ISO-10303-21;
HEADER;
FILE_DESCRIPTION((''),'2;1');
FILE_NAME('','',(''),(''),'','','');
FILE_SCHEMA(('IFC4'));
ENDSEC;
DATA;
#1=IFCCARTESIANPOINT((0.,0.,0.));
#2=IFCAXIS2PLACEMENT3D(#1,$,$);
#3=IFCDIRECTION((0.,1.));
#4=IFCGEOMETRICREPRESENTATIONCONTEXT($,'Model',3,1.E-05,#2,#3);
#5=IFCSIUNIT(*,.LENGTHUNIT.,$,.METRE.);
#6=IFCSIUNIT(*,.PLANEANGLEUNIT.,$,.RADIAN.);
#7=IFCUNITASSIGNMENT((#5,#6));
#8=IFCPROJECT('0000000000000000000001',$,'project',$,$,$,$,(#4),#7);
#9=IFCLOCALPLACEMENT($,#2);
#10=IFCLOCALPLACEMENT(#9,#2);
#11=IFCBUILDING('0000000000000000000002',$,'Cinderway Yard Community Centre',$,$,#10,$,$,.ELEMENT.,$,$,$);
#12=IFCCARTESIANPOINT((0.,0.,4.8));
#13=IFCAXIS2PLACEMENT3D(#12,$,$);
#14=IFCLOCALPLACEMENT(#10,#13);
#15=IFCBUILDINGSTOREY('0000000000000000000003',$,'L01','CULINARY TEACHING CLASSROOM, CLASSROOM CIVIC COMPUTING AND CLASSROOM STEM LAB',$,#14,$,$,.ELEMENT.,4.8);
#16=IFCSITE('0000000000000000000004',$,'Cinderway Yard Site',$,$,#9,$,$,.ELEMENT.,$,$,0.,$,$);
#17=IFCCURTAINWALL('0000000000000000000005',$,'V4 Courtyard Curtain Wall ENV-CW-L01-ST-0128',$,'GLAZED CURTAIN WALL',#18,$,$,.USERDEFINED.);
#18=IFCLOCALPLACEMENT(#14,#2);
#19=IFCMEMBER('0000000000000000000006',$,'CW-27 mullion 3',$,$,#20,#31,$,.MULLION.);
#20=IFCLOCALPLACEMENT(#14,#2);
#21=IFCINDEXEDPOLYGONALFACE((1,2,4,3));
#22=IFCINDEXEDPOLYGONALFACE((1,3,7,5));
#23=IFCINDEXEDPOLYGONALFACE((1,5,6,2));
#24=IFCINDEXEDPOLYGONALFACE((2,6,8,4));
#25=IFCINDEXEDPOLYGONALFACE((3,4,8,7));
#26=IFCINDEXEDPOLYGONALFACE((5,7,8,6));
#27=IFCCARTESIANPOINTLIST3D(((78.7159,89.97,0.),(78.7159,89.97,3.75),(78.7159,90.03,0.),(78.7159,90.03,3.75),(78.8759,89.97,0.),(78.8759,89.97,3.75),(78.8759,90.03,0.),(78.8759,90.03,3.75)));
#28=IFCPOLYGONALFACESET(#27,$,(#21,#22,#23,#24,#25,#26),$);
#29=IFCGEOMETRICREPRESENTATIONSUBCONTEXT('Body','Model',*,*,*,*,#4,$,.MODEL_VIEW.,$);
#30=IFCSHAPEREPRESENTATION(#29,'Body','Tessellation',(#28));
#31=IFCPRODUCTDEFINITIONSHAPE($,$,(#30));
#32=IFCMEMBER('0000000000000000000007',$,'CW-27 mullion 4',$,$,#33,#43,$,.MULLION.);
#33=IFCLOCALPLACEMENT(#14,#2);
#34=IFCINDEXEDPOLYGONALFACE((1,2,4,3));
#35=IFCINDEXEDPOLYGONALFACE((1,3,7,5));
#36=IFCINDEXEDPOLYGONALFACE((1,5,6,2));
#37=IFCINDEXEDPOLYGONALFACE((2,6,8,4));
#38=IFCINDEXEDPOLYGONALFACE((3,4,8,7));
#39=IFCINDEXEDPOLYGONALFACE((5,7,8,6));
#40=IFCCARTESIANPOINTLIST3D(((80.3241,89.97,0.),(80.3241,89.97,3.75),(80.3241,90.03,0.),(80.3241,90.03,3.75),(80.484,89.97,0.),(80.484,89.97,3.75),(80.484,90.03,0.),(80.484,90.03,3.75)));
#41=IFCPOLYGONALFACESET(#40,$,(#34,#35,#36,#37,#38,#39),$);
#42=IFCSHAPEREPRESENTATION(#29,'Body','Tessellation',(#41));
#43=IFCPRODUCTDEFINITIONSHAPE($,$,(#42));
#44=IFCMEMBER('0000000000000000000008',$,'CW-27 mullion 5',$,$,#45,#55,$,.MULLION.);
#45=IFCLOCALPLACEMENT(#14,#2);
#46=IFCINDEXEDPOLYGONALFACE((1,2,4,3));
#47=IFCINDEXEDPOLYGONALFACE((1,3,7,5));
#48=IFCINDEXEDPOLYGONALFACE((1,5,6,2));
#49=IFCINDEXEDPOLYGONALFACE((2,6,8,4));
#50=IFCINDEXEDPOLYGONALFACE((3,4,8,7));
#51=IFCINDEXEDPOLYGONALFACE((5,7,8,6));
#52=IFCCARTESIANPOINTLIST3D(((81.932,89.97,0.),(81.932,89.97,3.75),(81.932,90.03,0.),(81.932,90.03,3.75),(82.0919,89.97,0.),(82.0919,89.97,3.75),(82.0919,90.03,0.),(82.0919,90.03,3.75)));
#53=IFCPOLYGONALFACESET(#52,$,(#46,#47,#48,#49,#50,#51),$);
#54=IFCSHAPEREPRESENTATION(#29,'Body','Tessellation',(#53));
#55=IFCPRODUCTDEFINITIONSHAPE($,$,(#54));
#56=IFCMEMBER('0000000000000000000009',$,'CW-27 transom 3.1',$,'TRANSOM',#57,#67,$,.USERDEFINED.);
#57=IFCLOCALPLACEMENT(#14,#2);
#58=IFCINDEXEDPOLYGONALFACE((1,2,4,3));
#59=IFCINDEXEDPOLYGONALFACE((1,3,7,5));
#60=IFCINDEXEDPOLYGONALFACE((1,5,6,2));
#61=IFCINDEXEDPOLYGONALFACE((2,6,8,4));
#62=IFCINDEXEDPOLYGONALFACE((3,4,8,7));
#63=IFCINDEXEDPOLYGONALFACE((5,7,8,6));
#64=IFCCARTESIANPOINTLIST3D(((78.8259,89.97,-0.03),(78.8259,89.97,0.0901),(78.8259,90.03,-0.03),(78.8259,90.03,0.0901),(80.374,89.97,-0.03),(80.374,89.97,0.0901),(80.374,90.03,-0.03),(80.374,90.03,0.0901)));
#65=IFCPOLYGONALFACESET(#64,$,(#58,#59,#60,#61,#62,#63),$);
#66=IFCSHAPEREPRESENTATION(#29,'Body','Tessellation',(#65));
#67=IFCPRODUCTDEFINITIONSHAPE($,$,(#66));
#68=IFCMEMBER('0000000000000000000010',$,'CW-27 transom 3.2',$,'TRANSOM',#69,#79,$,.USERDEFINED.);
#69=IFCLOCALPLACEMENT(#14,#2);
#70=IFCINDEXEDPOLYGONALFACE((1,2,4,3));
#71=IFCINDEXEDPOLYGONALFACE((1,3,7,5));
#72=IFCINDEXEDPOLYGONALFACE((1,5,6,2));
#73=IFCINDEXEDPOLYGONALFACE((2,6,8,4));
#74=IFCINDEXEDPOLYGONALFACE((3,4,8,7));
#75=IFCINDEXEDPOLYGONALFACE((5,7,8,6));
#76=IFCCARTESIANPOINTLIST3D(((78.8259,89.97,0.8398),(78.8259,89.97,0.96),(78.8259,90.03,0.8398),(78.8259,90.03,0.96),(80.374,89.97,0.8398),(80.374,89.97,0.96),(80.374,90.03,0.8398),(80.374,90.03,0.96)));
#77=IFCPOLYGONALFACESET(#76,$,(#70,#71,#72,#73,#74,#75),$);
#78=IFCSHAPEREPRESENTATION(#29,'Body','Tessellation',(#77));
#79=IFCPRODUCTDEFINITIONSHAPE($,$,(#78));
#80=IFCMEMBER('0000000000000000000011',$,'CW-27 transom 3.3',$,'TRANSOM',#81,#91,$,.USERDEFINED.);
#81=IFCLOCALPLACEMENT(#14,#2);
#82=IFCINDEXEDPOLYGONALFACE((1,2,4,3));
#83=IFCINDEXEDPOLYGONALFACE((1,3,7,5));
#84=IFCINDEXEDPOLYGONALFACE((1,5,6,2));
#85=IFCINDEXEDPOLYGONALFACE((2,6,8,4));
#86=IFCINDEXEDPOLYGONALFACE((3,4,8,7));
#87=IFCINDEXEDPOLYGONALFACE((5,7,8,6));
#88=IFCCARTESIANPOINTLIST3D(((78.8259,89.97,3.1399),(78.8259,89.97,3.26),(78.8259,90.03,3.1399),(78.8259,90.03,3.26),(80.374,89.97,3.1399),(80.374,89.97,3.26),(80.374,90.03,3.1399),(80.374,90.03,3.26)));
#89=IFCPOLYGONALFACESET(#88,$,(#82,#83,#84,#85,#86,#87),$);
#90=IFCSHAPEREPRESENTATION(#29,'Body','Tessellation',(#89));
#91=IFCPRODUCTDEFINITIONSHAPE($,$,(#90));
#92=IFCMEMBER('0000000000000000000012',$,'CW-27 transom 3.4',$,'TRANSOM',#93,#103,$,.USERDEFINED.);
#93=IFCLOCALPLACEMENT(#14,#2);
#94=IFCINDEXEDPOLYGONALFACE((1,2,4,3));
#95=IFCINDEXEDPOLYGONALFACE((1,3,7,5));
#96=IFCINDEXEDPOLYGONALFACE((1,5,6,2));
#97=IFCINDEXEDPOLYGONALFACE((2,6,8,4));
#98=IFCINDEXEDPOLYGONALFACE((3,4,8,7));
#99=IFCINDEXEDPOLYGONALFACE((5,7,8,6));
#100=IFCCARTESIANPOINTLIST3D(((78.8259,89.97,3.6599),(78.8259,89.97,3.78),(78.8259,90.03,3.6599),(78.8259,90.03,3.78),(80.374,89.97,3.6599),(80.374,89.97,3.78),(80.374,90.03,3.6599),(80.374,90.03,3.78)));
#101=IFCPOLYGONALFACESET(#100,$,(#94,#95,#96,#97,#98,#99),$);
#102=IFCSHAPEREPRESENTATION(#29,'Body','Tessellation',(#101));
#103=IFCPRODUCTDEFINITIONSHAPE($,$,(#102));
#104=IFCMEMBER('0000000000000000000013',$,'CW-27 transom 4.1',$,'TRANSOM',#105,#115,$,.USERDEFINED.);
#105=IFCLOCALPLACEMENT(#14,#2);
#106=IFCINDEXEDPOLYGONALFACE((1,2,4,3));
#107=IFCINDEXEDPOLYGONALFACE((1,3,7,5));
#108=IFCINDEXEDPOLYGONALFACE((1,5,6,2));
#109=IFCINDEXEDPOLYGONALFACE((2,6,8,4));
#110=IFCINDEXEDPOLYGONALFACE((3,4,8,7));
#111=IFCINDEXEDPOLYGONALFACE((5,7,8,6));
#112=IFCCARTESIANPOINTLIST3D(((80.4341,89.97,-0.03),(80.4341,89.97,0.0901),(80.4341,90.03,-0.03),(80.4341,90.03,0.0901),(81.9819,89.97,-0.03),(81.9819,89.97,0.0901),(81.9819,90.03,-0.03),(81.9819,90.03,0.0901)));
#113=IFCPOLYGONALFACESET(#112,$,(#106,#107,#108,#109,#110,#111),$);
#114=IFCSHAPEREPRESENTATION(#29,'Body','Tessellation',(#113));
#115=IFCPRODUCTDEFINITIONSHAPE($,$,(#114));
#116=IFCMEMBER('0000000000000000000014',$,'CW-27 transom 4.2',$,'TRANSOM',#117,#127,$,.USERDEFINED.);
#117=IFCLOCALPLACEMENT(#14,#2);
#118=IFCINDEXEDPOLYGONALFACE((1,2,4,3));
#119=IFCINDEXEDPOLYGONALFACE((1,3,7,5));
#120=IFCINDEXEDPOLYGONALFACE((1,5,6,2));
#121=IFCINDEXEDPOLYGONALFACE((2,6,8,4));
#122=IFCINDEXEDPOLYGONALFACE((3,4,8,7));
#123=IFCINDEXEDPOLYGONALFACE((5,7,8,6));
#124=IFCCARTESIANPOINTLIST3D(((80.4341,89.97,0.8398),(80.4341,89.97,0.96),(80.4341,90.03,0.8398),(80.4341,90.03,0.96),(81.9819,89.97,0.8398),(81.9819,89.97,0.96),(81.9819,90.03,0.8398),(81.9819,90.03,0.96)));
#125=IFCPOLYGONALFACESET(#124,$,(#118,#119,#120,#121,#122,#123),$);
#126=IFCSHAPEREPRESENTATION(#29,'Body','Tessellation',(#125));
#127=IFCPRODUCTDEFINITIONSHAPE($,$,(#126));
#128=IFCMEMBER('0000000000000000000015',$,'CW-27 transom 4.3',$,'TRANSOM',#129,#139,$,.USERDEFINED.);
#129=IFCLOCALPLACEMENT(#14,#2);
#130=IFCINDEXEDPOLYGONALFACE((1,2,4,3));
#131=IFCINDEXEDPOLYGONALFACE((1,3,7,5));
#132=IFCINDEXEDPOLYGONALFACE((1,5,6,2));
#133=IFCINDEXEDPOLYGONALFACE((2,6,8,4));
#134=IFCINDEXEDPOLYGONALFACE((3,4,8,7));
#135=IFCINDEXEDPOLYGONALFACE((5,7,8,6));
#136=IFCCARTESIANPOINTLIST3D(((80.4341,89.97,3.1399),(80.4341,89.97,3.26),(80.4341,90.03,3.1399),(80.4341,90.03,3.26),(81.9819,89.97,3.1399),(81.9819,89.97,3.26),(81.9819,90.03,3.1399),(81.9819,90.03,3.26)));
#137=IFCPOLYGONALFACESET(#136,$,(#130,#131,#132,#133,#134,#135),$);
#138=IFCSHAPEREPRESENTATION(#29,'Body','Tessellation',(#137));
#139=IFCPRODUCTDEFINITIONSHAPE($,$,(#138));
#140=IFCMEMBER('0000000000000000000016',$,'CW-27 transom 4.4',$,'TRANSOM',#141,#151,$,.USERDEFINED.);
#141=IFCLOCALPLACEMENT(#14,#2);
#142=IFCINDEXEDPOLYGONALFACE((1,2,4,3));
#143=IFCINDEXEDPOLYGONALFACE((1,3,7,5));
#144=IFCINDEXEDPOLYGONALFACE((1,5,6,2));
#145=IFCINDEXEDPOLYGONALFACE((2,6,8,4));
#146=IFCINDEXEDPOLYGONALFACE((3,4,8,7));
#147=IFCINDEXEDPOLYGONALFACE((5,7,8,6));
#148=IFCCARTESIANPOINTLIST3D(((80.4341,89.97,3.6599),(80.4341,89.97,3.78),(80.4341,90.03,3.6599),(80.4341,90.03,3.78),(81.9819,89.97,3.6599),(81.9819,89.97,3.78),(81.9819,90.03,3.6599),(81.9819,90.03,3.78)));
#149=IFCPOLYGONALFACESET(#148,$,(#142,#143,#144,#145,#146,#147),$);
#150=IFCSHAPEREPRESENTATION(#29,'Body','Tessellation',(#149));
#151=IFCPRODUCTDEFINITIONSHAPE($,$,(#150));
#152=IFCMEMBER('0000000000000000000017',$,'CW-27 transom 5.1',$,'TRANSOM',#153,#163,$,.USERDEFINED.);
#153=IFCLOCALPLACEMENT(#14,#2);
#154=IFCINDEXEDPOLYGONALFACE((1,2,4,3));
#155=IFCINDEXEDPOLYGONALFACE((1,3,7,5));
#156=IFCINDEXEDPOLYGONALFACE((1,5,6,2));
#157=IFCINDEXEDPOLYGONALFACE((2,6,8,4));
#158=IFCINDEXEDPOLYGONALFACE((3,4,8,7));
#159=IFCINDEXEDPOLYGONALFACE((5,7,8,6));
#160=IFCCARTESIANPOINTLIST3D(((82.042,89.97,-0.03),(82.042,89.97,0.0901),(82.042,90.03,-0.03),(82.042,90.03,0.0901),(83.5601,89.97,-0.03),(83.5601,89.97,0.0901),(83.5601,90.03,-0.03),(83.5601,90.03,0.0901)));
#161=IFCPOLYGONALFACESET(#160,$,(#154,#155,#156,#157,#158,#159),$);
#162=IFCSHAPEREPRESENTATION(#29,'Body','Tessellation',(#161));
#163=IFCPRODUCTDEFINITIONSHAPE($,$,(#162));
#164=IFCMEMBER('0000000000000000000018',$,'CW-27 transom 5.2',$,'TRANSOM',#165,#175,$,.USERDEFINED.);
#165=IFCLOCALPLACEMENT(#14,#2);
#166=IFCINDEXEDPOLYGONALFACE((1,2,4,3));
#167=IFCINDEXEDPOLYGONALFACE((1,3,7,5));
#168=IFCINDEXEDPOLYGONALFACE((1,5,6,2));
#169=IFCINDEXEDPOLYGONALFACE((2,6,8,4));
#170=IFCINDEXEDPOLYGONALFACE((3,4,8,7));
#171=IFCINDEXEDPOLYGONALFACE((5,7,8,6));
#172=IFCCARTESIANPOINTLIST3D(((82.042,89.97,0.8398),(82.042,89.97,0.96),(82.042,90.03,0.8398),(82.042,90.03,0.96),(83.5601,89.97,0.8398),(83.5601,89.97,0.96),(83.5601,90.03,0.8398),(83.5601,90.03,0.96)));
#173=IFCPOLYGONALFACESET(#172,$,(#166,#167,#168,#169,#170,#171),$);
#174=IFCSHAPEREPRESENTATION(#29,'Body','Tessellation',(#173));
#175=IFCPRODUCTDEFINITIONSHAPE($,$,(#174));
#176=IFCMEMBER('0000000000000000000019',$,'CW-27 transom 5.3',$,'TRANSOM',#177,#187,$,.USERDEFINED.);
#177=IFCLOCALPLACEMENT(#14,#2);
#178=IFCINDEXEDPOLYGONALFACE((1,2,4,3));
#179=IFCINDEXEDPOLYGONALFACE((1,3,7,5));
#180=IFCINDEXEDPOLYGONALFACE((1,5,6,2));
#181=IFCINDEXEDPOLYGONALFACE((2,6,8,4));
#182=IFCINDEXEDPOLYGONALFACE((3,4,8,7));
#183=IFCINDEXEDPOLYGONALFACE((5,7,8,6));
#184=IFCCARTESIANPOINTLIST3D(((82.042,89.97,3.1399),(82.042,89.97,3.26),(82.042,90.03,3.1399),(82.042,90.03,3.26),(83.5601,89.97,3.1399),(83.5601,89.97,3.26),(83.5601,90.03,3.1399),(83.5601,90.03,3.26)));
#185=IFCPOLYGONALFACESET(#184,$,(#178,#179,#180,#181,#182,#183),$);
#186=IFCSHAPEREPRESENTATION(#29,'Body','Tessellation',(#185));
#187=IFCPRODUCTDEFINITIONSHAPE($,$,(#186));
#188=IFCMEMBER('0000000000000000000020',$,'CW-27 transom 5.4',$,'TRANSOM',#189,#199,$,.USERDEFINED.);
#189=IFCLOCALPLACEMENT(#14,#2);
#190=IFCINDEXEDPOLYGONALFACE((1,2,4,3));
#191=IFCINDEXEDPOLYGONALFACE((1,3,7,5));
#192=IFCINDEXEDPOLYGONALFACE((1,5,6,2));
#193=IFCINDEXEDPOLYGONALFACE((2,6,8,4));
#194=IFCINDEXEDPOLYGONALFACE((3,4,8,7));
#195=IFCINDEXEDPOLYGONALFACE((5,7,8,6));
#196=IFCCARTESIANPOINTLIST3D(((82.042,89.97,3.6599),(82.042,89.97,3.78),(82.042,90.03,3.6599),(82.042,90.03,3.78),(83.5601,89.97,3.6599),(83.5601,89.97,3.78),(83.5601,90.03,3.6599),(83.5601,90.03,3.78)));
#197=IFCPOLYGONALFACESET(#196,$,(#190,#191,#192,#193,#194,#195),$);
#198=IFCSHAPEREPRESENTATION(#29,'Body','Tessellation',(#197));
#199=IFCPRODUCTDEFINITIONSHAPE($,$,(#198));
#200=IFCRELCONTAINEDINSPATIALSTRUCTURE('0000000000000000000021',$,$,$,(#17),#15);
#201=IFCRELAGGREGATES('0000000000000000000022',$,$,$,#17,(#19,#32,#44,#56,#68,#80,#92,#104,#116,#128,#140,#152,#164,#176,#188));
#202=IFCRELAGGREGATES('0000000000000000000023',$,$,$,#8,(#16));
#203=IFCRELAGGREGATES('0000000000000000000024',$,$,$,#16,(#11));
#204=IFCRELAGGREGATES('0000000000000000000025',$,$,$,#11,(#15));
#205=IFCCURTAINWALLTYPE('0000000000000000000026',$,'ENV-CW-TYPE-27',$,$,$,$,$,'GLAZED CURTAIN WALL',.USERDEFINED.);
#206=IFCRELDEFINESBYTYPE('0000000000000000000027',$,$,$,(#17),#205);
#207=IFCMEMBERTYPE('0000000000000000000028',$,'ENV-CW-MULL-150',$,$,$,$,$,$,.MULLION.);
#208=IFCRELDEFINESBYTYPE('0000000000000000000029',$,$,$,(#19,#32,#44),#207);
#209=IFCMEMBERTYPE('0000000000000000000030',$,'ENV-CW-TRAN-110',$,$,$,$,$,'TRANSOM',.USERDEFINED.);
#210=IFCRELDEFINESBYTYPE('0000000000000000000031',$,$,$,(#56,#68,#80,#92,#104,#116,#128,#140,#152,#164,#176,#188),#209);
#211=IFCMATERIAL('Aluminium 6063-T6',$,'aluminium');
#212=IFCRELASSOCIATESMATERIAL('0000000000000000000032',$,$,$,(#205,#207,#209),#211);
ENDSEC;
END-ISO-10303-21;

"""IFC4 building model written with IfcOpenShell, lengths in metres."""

from ifc_helpers import new_model, si_unit, direction, frame, origin, origin_2d, place, context, subcontext, project, spatial, rectangle, extrude, material, material_profile, profile_set, type_object, element, aggregate, save


model = new_model("IFC4")

# Units and contexts
model_context = context("Model", 3, precision=1e-05, world=origin(), true_north=direction((0.0, 1.0)))
body_context = subcontext(model_context, "Body", "Model", "MODEL_VIEW")
ifc_project = project(units=[si_unit("LENGTHUNIT", "METRE"), si_unit("PLANEANGLEUNIT", "RADIAN")], contexts=[model_context])

# Site, building, storey
site_placement = place(None, origin())
site = spatial("IfcSite", under=ifc_project, at=site_placement, Name="Cinderway Yard Site", CompositionType="ELEMENT", RefElevation=0.0)
building_placement = place(site_placement, origin())
building = spatial("IfcBuilding", under=site, at=building_placement, Name="Cinderway Yard Community Centre", CompositionType="ELEMENT")
storey_placement = place(building_placement, frame((0.0, 0.0, 4.8)))
storey = spatial("IfcBuildingStorey", under=building, at=storey_placement, Name="L01", Description="CULINARY TEACHING CLASSROOM, CLASSROOM CIVIC COMPUTING AND CLASSROOM STEM LAB", CompositionType="ELEMENT", Elevation=4.8)

# Curtain wall, members
ifc_material_1 = material(Name="Aluminium 6063-T6", Category="aluminium")
curtain_wall_type = type_object("IfcCurtainWallType", Name="ENV-CW-TYPE-27", ElementType="GLAZED CURTAIN WALL", PredefinedType="USERDEFINED", material=ifc_material_1)
curtain_wall_placement = place(storey_placement, origin())
curtain_wall = element("IfcCurtainWall", 1, at=curtain_wall_placement, inside=storey, type_object=curtain_wall_type, Name="V4 Courtyard Curtain Wall ENV-CW-L01-ST-0128", ObjectType="GLAZED CURTAIN WALL", PredefinedType="USERDEFINED")
ifc_material_profile_1 = material_profile(ifc_material_1, rectangle(XDim=0.0601, YDim=0.1599, at=origin_2d()), Name="Aluminium 6063-T6")
ifc_profile_set_1 = profile_set([ifc_material_profile_1], Name="Aluminium 6063-T6")
member_type_1 = type_object("IfcMemberType", Name="ENV-CW-MULL-150", PredefinedType="MULLION", material=ifc_profile_set_1)
member_1_placement = place(storey_placement, frame((78.7959, 90.0, 0.0), z_axis=(0.0, 0.0, 1.0), x_axis=(0.0, 1.0, 0.0)))
member_1 = element("IfcMember", 2, at=member_1_placement, type_object=member_type_1, Name="CW-27 mullion 3", PredefinedType="MULLION", context=body_context, shape_type="SweptSolid", body=[
    extrude(rectangle(XDim=0.0601, YDim=0.1599, at=origin_2d()), origin(), (0.0, 0.0, 1.0), 3.75),
])
member_2_placement = place(storey_placement, frame((80.4041, 90.0, 0.0), z_axis=(0.0, 0.0, 1.0), x_axis=(0.0, 1.0, 0.0)))
member_2 = element("IfcMember", 3, at=member_2_placement, type_object=member_type_1, Name="CW-27 mullion 4", PredefinedType="MULLION", context=body_context, shape_type="SweptSolid", body=[
    extrude(rectangle(XDim=0.0601, YDim=0.1599, at=origin_2d()), origin(), (0.0, 0.0, 1.0), 3.75),
])
member_3_placement = place(storey_placement, frame((82.012, 90.0, 0.0), z_axis=(0.0, 0.0, 1.0), x_axis=(0.0, 1.0, 0.0)))
member_3 = element("IfcMember", 4, at=member_3_placement, type_object=member_type_1, Name="CW-27 mullion 5", PredefinedType="MULLION", context=body_context, shape_type="SweptSolid", body=[
    extrude(rectangle(XDim=0.0601, YDim=0.1599, at=origin_2d()), origin(), (0.0, 0.0, 1.0), 3.75),
])
ifc_material_profile_2 = material_profile(ifc_material_1, rectangle(XDim=0.0601, YDim=0.1201, at=origin_2d()), Name="Aluminium 6063-T6")
ifc_profile_set_2 = profile_set([ifc_material_profile_2], Name="Aluminium 6063-T6")
member_type_2 = type_object("IfcMemberType", Name="ENV-CW-TRAN-110", ElementType="TRANSOM", PredefinedType="USERDEFINED", material=ifc_profile_set_2)
member_4_placement = place(storey_placement, frame((78.8259, 90.0, 0.03), z_axis=(1.0, 0.0, 0.0), x_axis=(0.0, 1.0, 0.0)))
member_4 = element("IfcMember", 5, at=member_4_placement, type_object=member_type_2, Name="CW-27 transom 3.1", ObjectType="TRANSOM", PredefinedType="USERDEFINED", context=body_context, shape_type="SweptSolid", body=[
    extrude(rectangle(XDim=0.0601, YDim=0.1201, at=origin_2d()), origin(), (0.0, 0.0, 1.0), 1.5481),
])
member_5_placement = place(storey_placement, frame((78.8259, 90.0, 0.8999), z_axis=(1.0, 0.0, 0.0), x_axis=(0.0, 1.0, 0.0)))
member_5 = element("IfcMember", 6, at=member_5_placement, type_object=member_type_2, Name="CW-27 transom 3.2", ObjectType="TRANSOM", PredefinedType="USERDEFINED", context=body_context, shape_type="SweptSolid", body=[
    extrude(rectangle(XDim=0.0601, YDim=0.1201, at=origin_2d()), origin(), (0.0, 0.0, 1.0), 1.5481),
])
member_6_placement = place(storey_placement, frame((78.8259, 90.0, 3.2), z_axis=(1.0, 0.0, 0.0), x_axis=(0.0, 1.0, 0.0)))
member_6 = element("IfcMember", 7, at=member_6_placement, type_object=member_type_2, Name="CW-27 transom 3.3", ObjectType="TRANSOM", PredefinedType="USERDEFINED", context=body_context, shape_type="SweptSolid", body=[
    extrude(rectangle(XDim=0.0601, YDim=0.1201, at=origin_2d()), origin(), (0.0, 0.0, 1.0), 1.5481),
])
member_7_placement = place(storey_placement, frame((78.8259, 90.0, 3.72), z_axis=(1.0, 0.0, 0.0), x_axis=(0.0, 1.0, 0.0)))
member_7 = element("IfcMember", 8, at=member_7_placement, type_object=member_type_2, Name="CW-27 transom 3.4", ObjectType="TRANSOM", PredefinedType="USERDEFINED", context=body_context, shape_type="SweptSolid", body=[
    extrude(rectangle(XDim=0.0601, YDim=0.1201, at=origin_2d()), origin(), (0.0, 0.0, 1.0), 1.5481),
])
member_8_placement = place(storey_placement, frame((80.4341, 90.0, 0.03), z_axis=(1.0, 0.0, 0.0), x_axis=(0.0, 1.0, 0.0)))
member_8 = element("IfcMember", 9, at=member_8_placement, type_object=member_type_2, Name="CW-27 transom 4.1", ObjectType="TRANSOM", PredefinedType="USERDEFINED", context=body_context, shape_type="SweptSolid", body=[
    extrude(rectangle(XDim=0.0601, YDim=0.1201, at=origin_2d()), origin(), (0.0, 0.0, 1.0), 1.5479),
])
member_9_placement = place(storey_placement, frame((80.4341, 90.0, 0.8999), z_axis=(1.0, 0.0, 0.0), x_axis=(0.0, 1.0, 0.0)))
member_9 = element("IfcMember", 10, at=member_9_placement, type_object=member_type_2, Name="CW-27 transom 4.2", ObjectType="TRANSOM", PredefinedType="USERDEFINED", context=body_context, shape_type="SweptSolid", body=[
    extrude(rectangle(XDim=0.0601, YDim=0.1201, at=origin_2d()), origin(), (0.0, 0.0, 1.0), 1.5479),
])
member_10_placement = place(storey_placement, frame((80.4341, 90.0, 3.2), z_axis=(1.0, 0.0, 0.0), x_axis=(0.0, 1.0, 0.0)))
member_10 = element("IfcMember", 11, at=member_10_placement, type_object=member_type_2, Name="CW-27 transom 4.3", ObjectType="TRANSOM", PredefinedType="USERDEFINED", context=body_context, shape_type="SweptSolid", body=[
    extrude(rectangle(XDim=0.0601, YDim=0.1201, at=origin_2d()), origin(), (0.0, 0.0, 1.0), 1.5479),
])
member_11_placement = place(storey_placement, frame((80.4341, 90.0, 3.72), z_axis=(1.0, 0.0, 0.0), x_axis=(0.0, 1.0, 0.0)))
member_11 = element("IfcMember", 12, at=member_11_placement, type_object=member_type_2, Name="CW-27 transom 4.4", ObjectType="TRANSOM", PredefinedType="USERDEFINED", context=body_context, shape_type="SweptSolid", body=[
    extrude(rectangle(XDim=0.0601, YDim=0.1201, at=origin_2d()), origin(), (0.0, 0.0, 1.0), 1.5479),
])
member_12_placement = place(storey_placement, frame((82.042, 90.0, 0.03), z_axis=(1.0, 0.0, 0.0), x_axis=(0.0, 1.0, 0.0)))
member_12 = element("IfcMember", 13, at=member_12_placement, type_object=member_type_2, Name="CW-27 transom 5.1", ObjectType="TRANSOM", PredefinedType="USERDEFINED", context=body_context, shape_type="SweptSolid", body=[
    extrude(rectangle(XDim=0.0601, YDim=0.1201, at=origin_2d()), origin(), (0.0, 0.0, 1.0), 1.5181),
])
member_13_placement = place(storey_placement, frame((82.042, 90.0, 0.8999), z_axis=(1.0, 0.0, 0.0), x_axis=(0.0, 1.0, 0.0)))
member_13 = element("IfcMember", 14, at=member_13_placement, type_object=member_type_2, Name="CW-27 transom 5.2", ObjectType="TRANSOM", PredefinedType="USERDEFINED", context=body_context, shape_type="SweptSolid", body=[
    extrude(rectangle(XDim=0.0601, YDim=0.1201, at=origin_2d()), origin(), (0.0, 0.0, 1.0), 1.5181),
])
member_14_placement = place(storey_placement, frame((82.042, 90.0, 3.2), z_axis=(1.0, 0.0, 0.0), x_axis=(0.0, 1.0, 0.0)))
member_14 = element("IfcMember", 15, at=member_14_placement, type_object=member_type_2, Name="CW-27 transom 5.3", ObjectType="TRANSOM", PredefinedType="USERDEFINED", context=body_context, shape_type="SweptSolid", body=[
    extrude(rectangle(XDim=0.0601, YDim=0.1201, at=origin_2d()), origin(), (0.0, 0.0, 1.0), 1.5181),
])
member_15_placement = place(storey_placement, frame((82.042, 90.0, 3.72), z_axis=(1.0, 0.0, 0.0), x_axis=(0.0, 1.0, 0.0)))
member_15 = element("IfcMember", 16, at=member_15_placement, type_object=member_type_2, Name="CW-27 transom 5.4", ObjectType="TRANSOM", PredefinedType="USERDEFINED", context=body_context, shape_type="SweptSolid", body=[
    extrude(rectangle(XDim=0.0601, YDim=0.1201, at=origin_2d()), origin(), (0.0, 0.0, 1.0), 1.5181),
])

aggregate(curtain_wall, [member_1, member_2, member_3, member_4, member_5, member_6, member_7, member_8, member_9, member_10, member_11, member_12, member_13, member_14, member_15])

save(model, "model.ifc")
